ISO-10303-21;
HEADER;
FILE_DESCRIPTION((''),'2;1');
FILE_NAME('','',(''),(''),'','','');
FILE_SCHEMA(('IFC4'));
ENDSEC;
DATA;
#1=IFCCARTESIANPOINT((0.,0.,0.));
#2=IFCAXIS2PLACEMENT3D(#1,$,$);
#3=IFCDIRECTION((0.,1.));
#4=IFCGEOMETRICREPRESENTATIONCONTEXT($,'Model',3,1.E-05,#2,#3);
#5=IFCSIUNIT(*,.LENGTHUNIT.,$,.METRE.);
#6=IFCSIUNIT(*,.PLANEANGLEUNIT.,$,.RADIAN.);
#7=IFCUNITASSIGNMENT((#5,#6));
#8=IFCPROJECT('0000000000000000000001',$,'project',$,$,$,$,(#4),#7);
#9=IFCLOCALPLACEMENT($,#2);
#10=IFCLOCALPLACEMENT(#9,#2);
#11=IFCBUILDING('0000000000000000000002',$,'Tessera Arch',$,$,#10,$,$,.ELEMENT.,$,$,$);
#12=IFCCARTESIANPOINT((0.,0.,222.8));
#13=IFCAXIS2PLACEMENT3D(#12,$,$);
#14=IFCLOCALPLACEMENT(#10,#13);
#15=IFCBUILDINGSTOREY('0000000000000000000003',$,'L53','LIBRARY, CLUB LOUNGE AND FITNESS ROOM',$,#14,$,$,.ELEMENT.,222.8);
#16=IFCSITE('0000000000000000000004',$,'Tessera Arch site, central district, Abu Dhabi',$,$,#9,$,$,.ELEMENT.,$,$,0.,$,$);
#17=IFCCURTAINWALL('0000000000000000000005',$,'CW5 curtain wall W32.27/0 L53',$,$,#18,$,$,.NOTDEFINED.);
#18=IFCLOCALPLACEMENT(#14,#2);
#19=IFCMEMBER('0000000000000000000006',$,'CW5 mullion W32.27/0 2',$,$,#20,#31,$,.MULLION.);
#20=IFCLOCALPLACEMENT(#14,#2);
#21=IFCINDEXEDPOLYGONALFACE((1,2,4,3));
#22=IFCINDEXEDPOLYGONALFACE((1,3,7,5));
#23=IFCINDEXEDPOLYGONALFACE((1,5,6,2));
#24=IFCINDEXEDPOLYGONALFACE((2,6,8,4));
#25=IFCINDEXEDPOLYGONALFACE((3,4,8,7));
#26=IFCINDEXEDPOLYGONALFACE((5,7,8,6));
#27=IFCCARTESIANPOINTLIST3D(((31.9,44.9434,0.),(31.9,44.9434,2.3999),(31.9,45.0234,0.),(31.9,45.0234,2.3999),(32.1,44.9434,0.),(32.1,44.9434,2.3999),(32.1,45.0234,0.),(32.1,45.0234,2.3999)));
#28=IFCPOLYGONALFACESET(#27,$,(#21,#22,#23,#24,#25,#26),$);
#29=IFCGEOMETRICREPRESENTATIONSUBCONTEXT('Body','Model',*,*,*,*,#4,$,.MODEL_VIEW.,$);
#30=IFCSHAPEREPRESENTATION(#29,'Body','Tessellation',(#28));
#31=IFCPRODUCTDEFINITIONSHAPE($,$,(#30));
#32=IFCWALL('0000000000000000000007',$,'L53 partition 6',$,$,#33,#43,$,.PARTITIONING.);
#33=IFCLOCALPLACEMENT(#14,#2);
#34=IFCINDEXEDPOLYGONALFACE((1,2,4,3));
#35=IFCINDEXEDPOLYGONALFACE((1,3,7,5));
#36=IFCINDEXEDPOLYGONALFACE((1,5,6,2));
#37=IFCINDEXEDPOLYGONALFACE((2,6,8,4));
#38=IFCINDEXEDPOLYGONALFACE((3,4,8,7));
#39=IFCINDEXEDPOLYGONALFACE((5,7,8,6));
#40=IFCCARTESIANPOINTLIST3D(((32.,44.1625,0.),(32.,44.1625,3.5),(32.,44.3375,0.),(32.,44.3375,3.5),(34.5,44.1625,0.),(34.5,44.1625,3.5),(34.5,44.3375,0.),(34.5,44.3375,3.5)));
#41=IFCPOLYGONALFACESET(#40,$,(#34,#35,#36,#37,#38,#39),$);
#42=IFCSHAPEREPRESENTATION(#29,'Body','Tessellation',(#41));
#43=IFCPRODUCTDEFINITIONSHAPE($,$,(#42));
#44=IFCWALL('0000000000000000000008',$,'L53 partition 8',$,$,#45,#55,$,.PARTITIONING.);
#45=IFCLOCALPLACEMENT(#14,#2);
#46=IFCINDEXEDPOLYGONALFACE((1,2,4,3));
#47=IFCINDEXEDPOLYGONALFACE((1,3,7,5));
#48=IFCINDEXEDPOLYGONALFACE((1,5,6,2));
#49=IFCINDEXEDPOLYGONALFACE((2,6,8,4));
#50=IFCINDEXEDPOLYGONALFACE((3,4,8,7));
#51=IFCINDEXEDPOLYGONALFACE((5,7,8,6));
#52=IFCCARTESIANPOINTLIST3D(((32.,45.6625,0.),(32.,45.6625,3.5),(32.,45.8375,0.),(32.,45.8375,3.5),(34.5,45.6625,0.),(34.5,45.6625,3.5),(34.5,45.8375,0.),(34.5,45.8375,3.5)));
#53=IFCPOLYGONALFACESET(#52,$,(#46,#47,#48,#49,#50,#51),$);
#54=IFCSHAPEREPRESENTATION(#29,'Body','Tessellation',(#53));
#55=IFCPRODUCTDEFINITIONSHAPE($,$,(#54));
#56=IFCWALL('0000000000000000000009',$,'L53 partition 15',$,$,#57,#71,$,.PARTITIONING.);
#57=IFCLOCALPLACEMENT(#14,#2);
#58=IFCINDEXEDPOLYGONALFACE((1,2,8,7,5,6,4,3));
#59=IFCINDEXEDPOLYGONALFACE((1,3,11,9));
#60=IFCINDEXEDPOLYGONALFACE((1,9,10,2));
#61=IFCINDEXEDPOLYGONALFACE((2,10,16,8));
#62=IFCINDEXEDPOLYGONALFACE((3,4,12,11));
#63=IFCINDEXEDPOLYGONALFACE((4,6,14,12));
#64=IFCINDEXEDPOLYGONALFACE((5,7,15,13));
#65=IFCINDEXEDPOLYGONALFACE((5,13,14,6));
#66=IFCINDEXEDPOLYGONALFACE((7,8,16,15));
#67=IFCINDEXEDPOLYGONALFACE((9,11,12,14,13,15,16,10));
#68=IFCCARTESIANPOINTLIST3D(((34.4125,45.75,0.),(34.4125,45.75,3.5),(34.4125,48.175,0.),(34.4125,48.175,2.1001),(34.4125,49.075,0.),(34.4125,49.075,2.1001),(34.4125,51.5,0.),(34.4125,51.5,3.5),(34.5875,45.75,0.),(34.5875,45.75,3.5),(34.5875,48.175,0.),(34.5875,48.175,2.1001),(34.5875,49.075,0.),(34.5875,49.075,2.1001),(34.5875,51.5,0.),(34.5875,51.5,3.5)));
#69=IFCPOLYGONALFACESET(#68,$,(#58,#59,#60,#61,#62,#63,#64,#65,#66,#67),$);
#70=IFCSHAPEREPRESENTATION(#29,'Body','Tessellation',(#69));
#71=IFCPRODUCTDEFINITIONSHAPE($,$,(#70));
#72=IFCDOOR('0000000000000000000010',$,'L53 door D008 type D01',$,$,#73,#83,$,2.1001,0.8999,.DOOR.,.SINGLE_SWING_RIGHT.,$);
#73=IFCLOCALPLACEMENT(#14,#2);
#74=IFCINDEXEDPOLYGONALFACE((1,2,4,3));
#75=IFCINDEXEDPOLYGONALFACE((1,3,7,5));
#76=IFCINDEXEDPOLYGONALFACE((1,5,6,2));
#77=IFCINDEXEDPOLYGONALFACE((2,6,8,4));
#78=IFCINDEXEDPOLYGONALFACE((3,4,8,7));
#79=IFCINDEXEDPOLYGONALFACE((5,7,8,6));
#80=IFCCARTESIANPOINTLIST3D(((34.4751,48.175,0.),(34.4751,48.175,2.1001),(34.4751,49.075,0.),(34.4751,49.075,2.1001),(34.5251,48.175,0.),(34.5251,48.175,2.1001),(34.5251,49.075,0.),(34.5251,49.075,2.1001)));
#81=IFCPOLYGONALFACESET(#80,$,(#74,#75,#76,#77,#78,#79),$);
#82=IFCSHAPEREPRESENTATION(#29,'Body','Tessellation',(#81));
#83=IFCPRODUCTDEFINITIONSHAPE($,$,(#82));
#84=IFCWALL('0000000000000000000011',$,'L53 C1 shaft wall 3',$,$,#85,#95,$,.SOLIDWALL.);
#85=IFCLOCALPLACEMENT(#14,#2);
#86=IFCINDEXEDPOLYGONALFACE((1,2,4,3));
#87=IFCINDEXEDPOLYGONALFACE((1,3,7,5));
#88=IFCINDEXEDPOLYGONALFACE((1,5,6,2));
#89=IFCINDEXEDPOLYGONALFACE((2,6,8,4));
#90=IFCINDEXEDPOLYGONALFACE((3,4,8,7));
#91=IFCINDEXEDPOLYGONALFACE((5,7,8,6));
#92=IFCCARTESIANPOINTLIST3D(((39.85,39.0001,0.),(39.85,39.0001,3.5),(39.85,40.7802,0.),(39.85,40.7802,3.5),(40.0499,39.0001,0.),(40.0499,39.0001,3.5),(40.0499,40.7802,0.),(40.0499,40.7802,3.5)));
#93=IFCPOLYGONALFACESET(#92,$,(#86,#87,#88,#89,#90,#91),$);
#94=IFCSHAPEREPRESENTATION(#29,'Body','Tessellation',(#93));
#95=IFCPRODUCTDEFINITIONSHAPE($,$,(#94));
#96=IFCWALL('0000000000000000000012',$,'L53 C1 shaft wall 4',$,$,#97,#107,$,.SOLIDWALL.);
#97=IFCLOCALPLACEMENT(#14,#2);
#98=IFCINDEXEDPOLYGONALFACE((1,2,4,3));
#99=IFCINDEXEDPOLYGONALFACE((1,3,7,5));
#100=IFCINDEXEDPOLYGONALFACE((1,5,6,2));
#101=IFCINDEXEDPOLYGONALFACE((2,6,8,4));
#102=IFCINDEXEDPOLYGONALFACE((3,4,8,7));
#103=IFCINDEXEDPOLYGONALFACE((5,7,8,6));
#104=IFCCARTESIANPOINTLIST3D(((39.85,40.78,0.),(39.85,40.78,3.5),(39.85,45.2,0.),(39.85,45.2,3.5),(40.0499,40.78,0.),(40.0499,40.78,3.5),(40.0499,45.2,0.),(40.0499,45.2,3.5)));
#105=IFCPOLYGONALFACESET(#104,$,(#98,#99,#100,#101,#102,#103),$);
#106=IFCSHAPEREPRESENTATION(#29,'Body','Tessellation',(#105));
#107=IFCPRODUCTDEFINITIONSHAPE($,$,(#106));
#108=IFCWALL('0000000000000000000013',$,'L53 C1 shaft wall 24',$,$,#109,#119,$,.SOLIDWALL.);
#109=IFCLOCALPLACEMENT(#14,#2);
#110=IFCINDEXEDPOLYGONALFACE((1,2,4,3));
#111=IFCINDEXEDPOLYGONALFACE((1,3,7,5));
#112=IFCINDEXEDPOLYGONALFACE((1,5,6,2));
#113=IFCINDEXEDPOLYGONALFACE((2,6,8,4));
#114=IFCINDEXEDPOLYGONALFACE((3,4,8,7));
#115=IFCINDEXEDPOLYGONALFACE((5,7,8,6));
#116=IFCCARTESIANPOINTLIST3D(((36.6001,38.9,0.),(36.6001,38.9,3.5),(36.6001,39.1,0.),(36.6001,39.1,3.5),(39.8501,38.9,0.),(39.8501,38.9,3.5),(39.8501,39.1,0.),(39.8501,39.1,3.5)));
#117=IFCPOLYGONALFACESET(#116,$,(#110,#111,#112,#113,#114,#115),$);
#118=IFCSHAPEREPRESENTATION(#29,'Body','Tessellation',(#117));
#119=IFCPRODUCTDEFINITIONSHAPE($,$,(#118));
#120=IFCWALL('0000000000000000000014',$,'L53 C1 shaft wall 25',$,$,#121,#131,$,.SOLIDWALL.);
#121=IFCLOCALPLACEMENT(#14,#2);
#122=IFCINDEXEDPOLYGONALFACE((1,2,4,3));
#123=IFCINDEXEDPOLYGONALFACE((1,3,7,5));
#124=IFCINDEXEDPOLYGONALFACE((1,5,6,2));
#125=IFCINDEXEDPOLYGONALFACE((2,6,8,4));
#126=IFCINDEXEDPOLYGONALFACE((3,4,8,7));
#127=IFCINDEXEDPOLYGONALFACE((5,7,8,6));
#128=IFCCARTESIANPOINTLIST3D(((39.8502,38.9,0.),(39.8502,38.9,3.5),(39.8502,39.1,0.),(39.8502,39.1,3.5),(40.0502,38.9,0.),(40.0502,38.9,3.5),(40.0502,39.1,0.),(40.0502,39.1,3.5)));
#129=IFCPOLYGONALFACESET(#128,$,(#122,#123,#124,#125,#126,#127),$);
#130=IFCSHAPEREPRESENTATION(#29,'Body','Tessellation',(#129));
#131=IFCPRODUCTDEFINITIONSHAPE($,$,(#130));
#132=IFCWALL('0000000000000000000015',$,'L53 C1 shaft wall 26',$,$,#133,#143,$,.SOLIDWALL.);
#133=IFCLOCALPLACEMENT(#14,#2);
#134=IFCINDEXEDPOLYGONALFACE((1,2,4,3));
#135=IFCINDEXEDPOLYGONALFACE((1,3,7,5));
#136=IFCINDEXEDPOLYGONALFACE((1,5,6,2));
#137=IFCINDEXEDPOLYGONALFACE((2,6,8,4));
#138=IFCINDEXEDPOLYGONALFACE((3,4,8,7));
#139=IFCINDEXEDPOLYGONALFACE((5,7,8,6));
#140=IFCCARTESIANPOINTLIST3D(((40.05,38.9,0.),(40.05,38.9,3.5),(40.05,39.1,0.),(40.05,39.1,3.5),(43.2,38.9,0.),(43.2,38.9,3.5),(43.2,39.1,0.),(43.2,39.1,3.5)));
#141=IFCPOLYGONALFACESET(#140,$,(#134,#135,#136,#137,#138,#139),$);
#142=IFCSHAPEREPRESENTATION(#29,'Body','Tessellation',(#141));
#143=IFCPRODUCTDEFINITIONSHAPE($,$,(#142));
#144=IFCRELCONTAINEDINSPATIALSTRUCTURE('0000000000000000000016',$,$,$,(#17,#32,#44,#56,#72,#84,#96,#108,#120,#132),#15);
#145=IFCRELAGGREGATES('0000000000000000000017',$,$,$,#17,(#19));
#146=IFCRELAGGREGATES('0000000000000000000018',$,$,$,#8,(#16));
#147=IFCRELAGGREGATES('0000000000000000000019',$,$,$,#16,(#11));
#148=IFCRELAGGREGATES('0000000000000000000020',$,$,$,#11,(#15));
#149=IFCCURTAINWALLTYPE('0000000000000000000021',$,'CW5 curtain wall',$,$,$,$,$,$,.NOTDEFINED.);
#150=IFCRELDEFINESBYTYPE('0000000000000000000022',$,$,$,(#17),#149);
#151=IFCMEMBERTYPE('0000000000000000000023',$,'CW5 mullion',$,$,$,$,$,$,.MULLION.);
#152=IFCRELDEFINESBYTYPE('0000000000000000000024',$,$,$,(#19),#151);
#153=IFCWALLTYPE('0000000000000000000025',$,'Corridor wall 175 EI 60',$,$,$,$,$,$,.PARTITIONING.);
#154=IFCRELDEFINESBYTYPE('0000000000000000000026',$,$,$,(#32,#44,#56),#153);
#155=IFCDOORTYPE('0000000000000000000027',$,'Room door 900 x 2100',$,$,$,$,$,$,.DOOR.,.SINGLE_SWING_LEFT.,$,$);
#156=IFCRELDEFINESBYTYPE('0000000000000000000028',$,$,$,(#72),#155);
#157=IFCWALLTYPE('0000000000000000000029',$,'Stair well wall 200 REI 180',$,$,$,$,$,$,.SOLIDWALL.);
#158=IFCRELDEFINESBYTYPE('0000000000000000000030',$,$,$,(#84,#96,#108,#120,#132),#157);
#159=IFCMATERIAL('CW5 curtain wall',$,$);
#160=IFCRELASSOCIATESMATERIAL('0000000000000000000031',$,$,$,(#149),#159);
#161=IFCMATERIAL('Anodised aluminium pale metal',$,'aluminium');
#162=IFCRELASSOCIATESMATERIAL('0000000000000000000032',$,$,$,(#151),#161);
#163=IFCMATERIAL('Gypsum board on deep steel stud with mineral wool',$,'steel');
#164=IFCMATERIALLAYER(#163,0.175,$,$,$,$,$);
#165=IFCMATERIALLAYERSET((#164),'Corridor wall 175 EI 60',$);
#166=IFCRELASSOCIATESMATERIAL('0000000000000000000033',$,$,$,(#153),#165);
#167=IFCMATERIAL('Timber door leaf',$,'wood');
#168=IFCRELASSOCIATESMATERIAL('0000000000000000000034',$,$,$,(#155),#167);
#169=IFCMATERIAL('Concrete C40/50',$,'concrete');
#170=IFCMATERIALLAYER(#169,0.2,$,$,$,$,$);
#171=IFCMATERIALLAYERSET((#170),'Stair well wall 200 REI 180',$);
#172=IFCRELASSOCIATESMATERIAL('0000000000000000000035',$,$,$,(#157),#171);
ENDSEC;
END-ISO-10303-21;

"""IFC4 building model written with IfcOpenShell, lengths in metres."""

from ifc_helpers import new_model, si_unit, direction, frame, frame_2d, origin, origin_2d, place, context, subcontext, project, spatial, rectangle, extrude, material, layer, layer_set, material_profile, profile_set, type_object, element, fill, aggregate, save


model = new_model("IFC4")

# Units and contexts
model_context = context("Model", 3, precision=1e-05, world=origin(), true_north=direction((0.0, 1.0)))
body_context = subcontext(model_context, "Body", "Model", "MODEL_VIEW")
ifc_project = project(units=[si_unit("LENGTHUNIT", "METRE"), si_unit("PLANEANGLEUNIT", "RADIAN")], contexts=[model_context])

# Site, building, storey
site_placement = place(None, origin())
site = spatial("IfcSite", under=ifc_project, at=site_placement, Name="Tessera Arch site, central district, Abu Dhabi", CompositionType="ELEMENT", RefElevation=0.0)
building_placement = place(site_placement, origin())
building = spatial("IfcBuilding", under=site, at=building_placement, Name="Tessera Arch", CompositionType="ELEMENT")
storey_placement = place(building_placement, frame((0.0, 0.0, 222.8)))
storey = spatial("IfcBuildingStorey", under=building, at=storey_placement, Name="L53", Description="LIBRARY, CLUB LOUNGE AND FITNESS ROOM", CompositionType="ELEMENT", Elevation=222.8)

# Curtain wall, member
ifc_material_1 = material(Name="CW5 curtain wall")
curtain_wall_type = type_object("IfcCurtainWallType", Name="CW5 curtain wall", PredefinedType="NOTDEFINED", material=ifc_material_1)
curtain_wall_placement = place(storey_placement, origin())
curtain_wall = element("IfcCurtainWall", 1, at=curtain_wall_placement, inside=storey, type_object=curtain_wall_type, Name="CW5 curtain wall W32.27/0 L53", PredefinedType="NOTDEFINED")
ifc_material_2 = material(Name="Anodised aluminium pale metal", Category="aluminium")
ifc_material_profile = material_profile(ifc_material_2, rectangle(XDim=0.2, YDim=0.0801, at=origin_2d()), Name="AL 80x200")
ifc_profile_set = profile_set([ifc_material_profile], Name="Anodised aluminium pale metal")
member_type = type_object("IfcMemberType", Name="CW5 mullion", PredefinedType="MULLION", material=ifc_profile_set)
member_placement = place(storey_placement, frame((32.0, 44.9834, 0.0), z_axis=(0.0, 0.0, 1.0), x_axis=(1.0, 0.0, 0.0)))
member = element("IfcMember", 2, at=member_placement, type_object=member_type, Name="CW5 mullion W32.27/0 2", PredefinedType="MULLION", context=body_context, shape_type="SweptSolid", body=[
    extrude(rectangle(XDim=0.2, YDim=0.0801, at=origin_2d()), origin(), (0.0, 0.0, 1.0), 2.3999),
])
aggregate(curtain_wall, [member])

# Walls
ifc_material_3 = material(Name="Gypsum board on deep steel stud with mineral wool", Category="steel")
ifc_layer_1 = layer(ifc_material_3, 0.175)
ifc_layer_set_1 = layer_set([ifc_layer_1], Name="Corridor wall 175 EI 60")
wall_type_1 = type_object("IfcWallType", Name="Corridor wall 175 EI 60", PredefinedType="PARTITIONING", material=ifc_layer_set_1)
for number, where, z_axis, x_axis, name in (
    (3, (32.0, 44.25, 0.0), (0.0, 0.0, 1.0), (1.0, 0.0, 0.0), "L53 partition 6"),
    (4, (32.0, 45.75, 0.0), (0.0, 0.0, 1.0), (1.0, 0.0, 0.0), "L53 partition 8"),
):
    element("IfcWall", number, at=place(storey_placement, frame(where, z_axis=z_axis, x_axis=x_axis)), inside=storey, type_object=wall_type_1, Name=name, PredefinedType="PARTITIONING", context=body_context, shape_type="SweptSolid", body=[
        extrude(rectangle(XDim=2.5, YDim=0.175, at=frame_2d((1.25, 0.0))), origin(), (0.0, 0.0, 1.0), 3.5),
    ])

# Wall, opening, door
wall_1_placement = place(storey_placement, frame((34.5, 45.75, 0.0), z_axis=(0.0, 0.0, 1.0), x_axis=(0.0, 1.0, 0.0)))
wall_1 = element("IfcWall", 5, at=wall_1_placement, inside=storey, type_object=wall_type_1, Name="L53 partition 15", PredefinedType="PARTITIONING", context=body_context, shape_type="SweptSolid", body=[
    extrude(rectangle(XDim=5.75, YDim=0.175, at=frame_2d((2.875, 0.0))), origin(), (0.0, 0.0, 1.0), 3.5),
])
opening_1_placement = place(wall_1_placement, frame((2.425, 0.0, 0.0)))
opening_1 = element("IfcOpeningElement", 6, at=opening_1_placement, cuts=wall_1, PredefinedType="OPENING", context=body_context, shape_type="SweptSolid", body=[
    extrude(rectangle(XDim=0.8999, YDim=2.1001, at=frame_2d((0.45, 1.05))), frame((0.0, 0.0974, 0.0), z_axis=(0.0, -1.0, 0.0), x_axis=(1.0, 0.0, 0.0)), (0.0, 0.0, 1.0), 0.1951),
])
ifc_material_4 = material(Name="Timber door leaf", Category="wood")
door_type_1 = type_object("IfcDoorType", Name="Room door 900 x 2100", OperationType="SINGLE_SWING_LEFT", PredefinedType="DOOR", material=ifc_material_4)
door_1_placement = place(opening_1_placement, origin())
door_1 = element("IfcDoor", 7, at=door_1_placement, inside=storey, type_object=door_type_1, Name="L53 door D008 type D01", OperationType="SINGLE_SWING_RIGHT", OverallHeight=2.1001, OverallWidth=0.8999, PredefinedType="DOOR", context=body_context, shape_type="SweptSolid", body=[
    extrude(rectangle(XDim=0.8999, YDim=2.1001, at=frame_2d((0.45, 1.05))), frame((0.0, 0.0249, 0.0), z_axis=(0.0, -1.0, 0.0), x_axis=(1.0, 0.0, 0.0)), (0.0, 0.0, 1.0), 0.05),
])
fill(opening_1, door_1)

# Walls
ifc_material_5 = material(Name="Concrete C40/50", Category="concrete")
ifc_layer_2 = layer(ifc_material_5, 0.2)
ifc_layer_set_2 = layer_set([ifc_layer_2], Name="Stair well wall 200 REI 180")
wall_type_2 = type_object("IfcWallType", Name="Stair well wall 200 REI 180", PredefinedType="SOLIDWALL", material=ifc_layer_set_2)
wall_2_placement = place(storey_placement, frame((39.95, 39.0, 0.0), z_axis=(0.0, 0.0, 1.0), x_axis=(0.0, 1.0, 0.0)))
element("IfcWall", 8, at=wall_2_placement, inside=storey, type_object=wall_type_2, Name="L53 C1 shaft wall 3", PredefinedType="SOLIDWALL", context=body_context, shape_type="SweptSolid", body=[
    extrude(rectangle(XDim=1.78, YDim=0.2, at=frame_2d((0.8901, 0.0))), origin(), (0.0, 0.0, 1.0), 3.5),
])
wall_3_placement = place(storey_placement, frame((39.95, 40.78, 0.0), z_axis=(0.0, 0.0, 1.0), x_axis=(0.0, 1.0, 0.0)))
element("IfcWall", 9, at=wall_3_placement, inside=storey, type_object=wall_type_2, Name="L53 C1 shaft wall 4", PredefinedType="SOLIDWALL", context=body_context, shape_type="SweptSolid", body=[
    extrude(rectangle(XDim=4.4199, YDim=0.2, at=frame_2d((2.21, 0.0))), origin(), (0.0, 0.0, 1.0), 3.5),
])
wall_4_placement = place(storey_placement, frame((36.6001, 39.0, 0.0), z_axis=(0.0, 0.0, 1.0), x_axis=(1.0, 0.0, 0.0)))
element("IfcWall", 10, at=wall_4_placement, inside=storey, type_object=wall_type_2, Name="L53 C1 shaft wall 24", PredefinedType="SOLIDWALL", context=body_context, shape_type="SweptSolid", body=[
    extrude(rectangle(XDim=3.25, YDim=0.2, at=frame_2d((1.625, 0.0))), origin(), (0.0, 0.0, 1.0), 3.5),
])
wall_5_placement = place(storey_placement, frame((39.8501, 39.0, 0.0), z_axis=(0.0, 0.0, 1.0), x_axis=(1.0, 0.0, 0.0)))
element("IfcWall", 11, at=wall_5_placement, inside=storey, type_object=wall_type_2, Name="L53 C1 shaft wall 25", PredefinedType="SOLIDWALL", context=body_context, shape_type="SweptSolid", body=[
    extrude(rectangle(XDim=0.2, YDim=0.2, at=frame_2d((0.1001, 0.0))), origin(), (0.0, 0.0, 1.0), 3.5),
])
wall_6_placement = place(storey_placement, frame((40.05, 39.0, 0.0), z_axis=(0.0, 0.0, 1.0), x_axis=(1.0, 0.0, 0.0)))
element("IfcWall", 12, at=wall_6_placement, inside=storey, type_object=wall_type_2, Name="L53 C1 shaft wall 26", PredefinedType="SOLIDWALL", context=body_context, shape_type="SweptSolid", body=[
    extrude(rectangle(XDim=3.1499, YDim=0.2, at=frame_2d((1.575, 0.0))), origin(), (0.0, 0.0, 1.0), 3.5),
])

save(model, "model.ifc")
